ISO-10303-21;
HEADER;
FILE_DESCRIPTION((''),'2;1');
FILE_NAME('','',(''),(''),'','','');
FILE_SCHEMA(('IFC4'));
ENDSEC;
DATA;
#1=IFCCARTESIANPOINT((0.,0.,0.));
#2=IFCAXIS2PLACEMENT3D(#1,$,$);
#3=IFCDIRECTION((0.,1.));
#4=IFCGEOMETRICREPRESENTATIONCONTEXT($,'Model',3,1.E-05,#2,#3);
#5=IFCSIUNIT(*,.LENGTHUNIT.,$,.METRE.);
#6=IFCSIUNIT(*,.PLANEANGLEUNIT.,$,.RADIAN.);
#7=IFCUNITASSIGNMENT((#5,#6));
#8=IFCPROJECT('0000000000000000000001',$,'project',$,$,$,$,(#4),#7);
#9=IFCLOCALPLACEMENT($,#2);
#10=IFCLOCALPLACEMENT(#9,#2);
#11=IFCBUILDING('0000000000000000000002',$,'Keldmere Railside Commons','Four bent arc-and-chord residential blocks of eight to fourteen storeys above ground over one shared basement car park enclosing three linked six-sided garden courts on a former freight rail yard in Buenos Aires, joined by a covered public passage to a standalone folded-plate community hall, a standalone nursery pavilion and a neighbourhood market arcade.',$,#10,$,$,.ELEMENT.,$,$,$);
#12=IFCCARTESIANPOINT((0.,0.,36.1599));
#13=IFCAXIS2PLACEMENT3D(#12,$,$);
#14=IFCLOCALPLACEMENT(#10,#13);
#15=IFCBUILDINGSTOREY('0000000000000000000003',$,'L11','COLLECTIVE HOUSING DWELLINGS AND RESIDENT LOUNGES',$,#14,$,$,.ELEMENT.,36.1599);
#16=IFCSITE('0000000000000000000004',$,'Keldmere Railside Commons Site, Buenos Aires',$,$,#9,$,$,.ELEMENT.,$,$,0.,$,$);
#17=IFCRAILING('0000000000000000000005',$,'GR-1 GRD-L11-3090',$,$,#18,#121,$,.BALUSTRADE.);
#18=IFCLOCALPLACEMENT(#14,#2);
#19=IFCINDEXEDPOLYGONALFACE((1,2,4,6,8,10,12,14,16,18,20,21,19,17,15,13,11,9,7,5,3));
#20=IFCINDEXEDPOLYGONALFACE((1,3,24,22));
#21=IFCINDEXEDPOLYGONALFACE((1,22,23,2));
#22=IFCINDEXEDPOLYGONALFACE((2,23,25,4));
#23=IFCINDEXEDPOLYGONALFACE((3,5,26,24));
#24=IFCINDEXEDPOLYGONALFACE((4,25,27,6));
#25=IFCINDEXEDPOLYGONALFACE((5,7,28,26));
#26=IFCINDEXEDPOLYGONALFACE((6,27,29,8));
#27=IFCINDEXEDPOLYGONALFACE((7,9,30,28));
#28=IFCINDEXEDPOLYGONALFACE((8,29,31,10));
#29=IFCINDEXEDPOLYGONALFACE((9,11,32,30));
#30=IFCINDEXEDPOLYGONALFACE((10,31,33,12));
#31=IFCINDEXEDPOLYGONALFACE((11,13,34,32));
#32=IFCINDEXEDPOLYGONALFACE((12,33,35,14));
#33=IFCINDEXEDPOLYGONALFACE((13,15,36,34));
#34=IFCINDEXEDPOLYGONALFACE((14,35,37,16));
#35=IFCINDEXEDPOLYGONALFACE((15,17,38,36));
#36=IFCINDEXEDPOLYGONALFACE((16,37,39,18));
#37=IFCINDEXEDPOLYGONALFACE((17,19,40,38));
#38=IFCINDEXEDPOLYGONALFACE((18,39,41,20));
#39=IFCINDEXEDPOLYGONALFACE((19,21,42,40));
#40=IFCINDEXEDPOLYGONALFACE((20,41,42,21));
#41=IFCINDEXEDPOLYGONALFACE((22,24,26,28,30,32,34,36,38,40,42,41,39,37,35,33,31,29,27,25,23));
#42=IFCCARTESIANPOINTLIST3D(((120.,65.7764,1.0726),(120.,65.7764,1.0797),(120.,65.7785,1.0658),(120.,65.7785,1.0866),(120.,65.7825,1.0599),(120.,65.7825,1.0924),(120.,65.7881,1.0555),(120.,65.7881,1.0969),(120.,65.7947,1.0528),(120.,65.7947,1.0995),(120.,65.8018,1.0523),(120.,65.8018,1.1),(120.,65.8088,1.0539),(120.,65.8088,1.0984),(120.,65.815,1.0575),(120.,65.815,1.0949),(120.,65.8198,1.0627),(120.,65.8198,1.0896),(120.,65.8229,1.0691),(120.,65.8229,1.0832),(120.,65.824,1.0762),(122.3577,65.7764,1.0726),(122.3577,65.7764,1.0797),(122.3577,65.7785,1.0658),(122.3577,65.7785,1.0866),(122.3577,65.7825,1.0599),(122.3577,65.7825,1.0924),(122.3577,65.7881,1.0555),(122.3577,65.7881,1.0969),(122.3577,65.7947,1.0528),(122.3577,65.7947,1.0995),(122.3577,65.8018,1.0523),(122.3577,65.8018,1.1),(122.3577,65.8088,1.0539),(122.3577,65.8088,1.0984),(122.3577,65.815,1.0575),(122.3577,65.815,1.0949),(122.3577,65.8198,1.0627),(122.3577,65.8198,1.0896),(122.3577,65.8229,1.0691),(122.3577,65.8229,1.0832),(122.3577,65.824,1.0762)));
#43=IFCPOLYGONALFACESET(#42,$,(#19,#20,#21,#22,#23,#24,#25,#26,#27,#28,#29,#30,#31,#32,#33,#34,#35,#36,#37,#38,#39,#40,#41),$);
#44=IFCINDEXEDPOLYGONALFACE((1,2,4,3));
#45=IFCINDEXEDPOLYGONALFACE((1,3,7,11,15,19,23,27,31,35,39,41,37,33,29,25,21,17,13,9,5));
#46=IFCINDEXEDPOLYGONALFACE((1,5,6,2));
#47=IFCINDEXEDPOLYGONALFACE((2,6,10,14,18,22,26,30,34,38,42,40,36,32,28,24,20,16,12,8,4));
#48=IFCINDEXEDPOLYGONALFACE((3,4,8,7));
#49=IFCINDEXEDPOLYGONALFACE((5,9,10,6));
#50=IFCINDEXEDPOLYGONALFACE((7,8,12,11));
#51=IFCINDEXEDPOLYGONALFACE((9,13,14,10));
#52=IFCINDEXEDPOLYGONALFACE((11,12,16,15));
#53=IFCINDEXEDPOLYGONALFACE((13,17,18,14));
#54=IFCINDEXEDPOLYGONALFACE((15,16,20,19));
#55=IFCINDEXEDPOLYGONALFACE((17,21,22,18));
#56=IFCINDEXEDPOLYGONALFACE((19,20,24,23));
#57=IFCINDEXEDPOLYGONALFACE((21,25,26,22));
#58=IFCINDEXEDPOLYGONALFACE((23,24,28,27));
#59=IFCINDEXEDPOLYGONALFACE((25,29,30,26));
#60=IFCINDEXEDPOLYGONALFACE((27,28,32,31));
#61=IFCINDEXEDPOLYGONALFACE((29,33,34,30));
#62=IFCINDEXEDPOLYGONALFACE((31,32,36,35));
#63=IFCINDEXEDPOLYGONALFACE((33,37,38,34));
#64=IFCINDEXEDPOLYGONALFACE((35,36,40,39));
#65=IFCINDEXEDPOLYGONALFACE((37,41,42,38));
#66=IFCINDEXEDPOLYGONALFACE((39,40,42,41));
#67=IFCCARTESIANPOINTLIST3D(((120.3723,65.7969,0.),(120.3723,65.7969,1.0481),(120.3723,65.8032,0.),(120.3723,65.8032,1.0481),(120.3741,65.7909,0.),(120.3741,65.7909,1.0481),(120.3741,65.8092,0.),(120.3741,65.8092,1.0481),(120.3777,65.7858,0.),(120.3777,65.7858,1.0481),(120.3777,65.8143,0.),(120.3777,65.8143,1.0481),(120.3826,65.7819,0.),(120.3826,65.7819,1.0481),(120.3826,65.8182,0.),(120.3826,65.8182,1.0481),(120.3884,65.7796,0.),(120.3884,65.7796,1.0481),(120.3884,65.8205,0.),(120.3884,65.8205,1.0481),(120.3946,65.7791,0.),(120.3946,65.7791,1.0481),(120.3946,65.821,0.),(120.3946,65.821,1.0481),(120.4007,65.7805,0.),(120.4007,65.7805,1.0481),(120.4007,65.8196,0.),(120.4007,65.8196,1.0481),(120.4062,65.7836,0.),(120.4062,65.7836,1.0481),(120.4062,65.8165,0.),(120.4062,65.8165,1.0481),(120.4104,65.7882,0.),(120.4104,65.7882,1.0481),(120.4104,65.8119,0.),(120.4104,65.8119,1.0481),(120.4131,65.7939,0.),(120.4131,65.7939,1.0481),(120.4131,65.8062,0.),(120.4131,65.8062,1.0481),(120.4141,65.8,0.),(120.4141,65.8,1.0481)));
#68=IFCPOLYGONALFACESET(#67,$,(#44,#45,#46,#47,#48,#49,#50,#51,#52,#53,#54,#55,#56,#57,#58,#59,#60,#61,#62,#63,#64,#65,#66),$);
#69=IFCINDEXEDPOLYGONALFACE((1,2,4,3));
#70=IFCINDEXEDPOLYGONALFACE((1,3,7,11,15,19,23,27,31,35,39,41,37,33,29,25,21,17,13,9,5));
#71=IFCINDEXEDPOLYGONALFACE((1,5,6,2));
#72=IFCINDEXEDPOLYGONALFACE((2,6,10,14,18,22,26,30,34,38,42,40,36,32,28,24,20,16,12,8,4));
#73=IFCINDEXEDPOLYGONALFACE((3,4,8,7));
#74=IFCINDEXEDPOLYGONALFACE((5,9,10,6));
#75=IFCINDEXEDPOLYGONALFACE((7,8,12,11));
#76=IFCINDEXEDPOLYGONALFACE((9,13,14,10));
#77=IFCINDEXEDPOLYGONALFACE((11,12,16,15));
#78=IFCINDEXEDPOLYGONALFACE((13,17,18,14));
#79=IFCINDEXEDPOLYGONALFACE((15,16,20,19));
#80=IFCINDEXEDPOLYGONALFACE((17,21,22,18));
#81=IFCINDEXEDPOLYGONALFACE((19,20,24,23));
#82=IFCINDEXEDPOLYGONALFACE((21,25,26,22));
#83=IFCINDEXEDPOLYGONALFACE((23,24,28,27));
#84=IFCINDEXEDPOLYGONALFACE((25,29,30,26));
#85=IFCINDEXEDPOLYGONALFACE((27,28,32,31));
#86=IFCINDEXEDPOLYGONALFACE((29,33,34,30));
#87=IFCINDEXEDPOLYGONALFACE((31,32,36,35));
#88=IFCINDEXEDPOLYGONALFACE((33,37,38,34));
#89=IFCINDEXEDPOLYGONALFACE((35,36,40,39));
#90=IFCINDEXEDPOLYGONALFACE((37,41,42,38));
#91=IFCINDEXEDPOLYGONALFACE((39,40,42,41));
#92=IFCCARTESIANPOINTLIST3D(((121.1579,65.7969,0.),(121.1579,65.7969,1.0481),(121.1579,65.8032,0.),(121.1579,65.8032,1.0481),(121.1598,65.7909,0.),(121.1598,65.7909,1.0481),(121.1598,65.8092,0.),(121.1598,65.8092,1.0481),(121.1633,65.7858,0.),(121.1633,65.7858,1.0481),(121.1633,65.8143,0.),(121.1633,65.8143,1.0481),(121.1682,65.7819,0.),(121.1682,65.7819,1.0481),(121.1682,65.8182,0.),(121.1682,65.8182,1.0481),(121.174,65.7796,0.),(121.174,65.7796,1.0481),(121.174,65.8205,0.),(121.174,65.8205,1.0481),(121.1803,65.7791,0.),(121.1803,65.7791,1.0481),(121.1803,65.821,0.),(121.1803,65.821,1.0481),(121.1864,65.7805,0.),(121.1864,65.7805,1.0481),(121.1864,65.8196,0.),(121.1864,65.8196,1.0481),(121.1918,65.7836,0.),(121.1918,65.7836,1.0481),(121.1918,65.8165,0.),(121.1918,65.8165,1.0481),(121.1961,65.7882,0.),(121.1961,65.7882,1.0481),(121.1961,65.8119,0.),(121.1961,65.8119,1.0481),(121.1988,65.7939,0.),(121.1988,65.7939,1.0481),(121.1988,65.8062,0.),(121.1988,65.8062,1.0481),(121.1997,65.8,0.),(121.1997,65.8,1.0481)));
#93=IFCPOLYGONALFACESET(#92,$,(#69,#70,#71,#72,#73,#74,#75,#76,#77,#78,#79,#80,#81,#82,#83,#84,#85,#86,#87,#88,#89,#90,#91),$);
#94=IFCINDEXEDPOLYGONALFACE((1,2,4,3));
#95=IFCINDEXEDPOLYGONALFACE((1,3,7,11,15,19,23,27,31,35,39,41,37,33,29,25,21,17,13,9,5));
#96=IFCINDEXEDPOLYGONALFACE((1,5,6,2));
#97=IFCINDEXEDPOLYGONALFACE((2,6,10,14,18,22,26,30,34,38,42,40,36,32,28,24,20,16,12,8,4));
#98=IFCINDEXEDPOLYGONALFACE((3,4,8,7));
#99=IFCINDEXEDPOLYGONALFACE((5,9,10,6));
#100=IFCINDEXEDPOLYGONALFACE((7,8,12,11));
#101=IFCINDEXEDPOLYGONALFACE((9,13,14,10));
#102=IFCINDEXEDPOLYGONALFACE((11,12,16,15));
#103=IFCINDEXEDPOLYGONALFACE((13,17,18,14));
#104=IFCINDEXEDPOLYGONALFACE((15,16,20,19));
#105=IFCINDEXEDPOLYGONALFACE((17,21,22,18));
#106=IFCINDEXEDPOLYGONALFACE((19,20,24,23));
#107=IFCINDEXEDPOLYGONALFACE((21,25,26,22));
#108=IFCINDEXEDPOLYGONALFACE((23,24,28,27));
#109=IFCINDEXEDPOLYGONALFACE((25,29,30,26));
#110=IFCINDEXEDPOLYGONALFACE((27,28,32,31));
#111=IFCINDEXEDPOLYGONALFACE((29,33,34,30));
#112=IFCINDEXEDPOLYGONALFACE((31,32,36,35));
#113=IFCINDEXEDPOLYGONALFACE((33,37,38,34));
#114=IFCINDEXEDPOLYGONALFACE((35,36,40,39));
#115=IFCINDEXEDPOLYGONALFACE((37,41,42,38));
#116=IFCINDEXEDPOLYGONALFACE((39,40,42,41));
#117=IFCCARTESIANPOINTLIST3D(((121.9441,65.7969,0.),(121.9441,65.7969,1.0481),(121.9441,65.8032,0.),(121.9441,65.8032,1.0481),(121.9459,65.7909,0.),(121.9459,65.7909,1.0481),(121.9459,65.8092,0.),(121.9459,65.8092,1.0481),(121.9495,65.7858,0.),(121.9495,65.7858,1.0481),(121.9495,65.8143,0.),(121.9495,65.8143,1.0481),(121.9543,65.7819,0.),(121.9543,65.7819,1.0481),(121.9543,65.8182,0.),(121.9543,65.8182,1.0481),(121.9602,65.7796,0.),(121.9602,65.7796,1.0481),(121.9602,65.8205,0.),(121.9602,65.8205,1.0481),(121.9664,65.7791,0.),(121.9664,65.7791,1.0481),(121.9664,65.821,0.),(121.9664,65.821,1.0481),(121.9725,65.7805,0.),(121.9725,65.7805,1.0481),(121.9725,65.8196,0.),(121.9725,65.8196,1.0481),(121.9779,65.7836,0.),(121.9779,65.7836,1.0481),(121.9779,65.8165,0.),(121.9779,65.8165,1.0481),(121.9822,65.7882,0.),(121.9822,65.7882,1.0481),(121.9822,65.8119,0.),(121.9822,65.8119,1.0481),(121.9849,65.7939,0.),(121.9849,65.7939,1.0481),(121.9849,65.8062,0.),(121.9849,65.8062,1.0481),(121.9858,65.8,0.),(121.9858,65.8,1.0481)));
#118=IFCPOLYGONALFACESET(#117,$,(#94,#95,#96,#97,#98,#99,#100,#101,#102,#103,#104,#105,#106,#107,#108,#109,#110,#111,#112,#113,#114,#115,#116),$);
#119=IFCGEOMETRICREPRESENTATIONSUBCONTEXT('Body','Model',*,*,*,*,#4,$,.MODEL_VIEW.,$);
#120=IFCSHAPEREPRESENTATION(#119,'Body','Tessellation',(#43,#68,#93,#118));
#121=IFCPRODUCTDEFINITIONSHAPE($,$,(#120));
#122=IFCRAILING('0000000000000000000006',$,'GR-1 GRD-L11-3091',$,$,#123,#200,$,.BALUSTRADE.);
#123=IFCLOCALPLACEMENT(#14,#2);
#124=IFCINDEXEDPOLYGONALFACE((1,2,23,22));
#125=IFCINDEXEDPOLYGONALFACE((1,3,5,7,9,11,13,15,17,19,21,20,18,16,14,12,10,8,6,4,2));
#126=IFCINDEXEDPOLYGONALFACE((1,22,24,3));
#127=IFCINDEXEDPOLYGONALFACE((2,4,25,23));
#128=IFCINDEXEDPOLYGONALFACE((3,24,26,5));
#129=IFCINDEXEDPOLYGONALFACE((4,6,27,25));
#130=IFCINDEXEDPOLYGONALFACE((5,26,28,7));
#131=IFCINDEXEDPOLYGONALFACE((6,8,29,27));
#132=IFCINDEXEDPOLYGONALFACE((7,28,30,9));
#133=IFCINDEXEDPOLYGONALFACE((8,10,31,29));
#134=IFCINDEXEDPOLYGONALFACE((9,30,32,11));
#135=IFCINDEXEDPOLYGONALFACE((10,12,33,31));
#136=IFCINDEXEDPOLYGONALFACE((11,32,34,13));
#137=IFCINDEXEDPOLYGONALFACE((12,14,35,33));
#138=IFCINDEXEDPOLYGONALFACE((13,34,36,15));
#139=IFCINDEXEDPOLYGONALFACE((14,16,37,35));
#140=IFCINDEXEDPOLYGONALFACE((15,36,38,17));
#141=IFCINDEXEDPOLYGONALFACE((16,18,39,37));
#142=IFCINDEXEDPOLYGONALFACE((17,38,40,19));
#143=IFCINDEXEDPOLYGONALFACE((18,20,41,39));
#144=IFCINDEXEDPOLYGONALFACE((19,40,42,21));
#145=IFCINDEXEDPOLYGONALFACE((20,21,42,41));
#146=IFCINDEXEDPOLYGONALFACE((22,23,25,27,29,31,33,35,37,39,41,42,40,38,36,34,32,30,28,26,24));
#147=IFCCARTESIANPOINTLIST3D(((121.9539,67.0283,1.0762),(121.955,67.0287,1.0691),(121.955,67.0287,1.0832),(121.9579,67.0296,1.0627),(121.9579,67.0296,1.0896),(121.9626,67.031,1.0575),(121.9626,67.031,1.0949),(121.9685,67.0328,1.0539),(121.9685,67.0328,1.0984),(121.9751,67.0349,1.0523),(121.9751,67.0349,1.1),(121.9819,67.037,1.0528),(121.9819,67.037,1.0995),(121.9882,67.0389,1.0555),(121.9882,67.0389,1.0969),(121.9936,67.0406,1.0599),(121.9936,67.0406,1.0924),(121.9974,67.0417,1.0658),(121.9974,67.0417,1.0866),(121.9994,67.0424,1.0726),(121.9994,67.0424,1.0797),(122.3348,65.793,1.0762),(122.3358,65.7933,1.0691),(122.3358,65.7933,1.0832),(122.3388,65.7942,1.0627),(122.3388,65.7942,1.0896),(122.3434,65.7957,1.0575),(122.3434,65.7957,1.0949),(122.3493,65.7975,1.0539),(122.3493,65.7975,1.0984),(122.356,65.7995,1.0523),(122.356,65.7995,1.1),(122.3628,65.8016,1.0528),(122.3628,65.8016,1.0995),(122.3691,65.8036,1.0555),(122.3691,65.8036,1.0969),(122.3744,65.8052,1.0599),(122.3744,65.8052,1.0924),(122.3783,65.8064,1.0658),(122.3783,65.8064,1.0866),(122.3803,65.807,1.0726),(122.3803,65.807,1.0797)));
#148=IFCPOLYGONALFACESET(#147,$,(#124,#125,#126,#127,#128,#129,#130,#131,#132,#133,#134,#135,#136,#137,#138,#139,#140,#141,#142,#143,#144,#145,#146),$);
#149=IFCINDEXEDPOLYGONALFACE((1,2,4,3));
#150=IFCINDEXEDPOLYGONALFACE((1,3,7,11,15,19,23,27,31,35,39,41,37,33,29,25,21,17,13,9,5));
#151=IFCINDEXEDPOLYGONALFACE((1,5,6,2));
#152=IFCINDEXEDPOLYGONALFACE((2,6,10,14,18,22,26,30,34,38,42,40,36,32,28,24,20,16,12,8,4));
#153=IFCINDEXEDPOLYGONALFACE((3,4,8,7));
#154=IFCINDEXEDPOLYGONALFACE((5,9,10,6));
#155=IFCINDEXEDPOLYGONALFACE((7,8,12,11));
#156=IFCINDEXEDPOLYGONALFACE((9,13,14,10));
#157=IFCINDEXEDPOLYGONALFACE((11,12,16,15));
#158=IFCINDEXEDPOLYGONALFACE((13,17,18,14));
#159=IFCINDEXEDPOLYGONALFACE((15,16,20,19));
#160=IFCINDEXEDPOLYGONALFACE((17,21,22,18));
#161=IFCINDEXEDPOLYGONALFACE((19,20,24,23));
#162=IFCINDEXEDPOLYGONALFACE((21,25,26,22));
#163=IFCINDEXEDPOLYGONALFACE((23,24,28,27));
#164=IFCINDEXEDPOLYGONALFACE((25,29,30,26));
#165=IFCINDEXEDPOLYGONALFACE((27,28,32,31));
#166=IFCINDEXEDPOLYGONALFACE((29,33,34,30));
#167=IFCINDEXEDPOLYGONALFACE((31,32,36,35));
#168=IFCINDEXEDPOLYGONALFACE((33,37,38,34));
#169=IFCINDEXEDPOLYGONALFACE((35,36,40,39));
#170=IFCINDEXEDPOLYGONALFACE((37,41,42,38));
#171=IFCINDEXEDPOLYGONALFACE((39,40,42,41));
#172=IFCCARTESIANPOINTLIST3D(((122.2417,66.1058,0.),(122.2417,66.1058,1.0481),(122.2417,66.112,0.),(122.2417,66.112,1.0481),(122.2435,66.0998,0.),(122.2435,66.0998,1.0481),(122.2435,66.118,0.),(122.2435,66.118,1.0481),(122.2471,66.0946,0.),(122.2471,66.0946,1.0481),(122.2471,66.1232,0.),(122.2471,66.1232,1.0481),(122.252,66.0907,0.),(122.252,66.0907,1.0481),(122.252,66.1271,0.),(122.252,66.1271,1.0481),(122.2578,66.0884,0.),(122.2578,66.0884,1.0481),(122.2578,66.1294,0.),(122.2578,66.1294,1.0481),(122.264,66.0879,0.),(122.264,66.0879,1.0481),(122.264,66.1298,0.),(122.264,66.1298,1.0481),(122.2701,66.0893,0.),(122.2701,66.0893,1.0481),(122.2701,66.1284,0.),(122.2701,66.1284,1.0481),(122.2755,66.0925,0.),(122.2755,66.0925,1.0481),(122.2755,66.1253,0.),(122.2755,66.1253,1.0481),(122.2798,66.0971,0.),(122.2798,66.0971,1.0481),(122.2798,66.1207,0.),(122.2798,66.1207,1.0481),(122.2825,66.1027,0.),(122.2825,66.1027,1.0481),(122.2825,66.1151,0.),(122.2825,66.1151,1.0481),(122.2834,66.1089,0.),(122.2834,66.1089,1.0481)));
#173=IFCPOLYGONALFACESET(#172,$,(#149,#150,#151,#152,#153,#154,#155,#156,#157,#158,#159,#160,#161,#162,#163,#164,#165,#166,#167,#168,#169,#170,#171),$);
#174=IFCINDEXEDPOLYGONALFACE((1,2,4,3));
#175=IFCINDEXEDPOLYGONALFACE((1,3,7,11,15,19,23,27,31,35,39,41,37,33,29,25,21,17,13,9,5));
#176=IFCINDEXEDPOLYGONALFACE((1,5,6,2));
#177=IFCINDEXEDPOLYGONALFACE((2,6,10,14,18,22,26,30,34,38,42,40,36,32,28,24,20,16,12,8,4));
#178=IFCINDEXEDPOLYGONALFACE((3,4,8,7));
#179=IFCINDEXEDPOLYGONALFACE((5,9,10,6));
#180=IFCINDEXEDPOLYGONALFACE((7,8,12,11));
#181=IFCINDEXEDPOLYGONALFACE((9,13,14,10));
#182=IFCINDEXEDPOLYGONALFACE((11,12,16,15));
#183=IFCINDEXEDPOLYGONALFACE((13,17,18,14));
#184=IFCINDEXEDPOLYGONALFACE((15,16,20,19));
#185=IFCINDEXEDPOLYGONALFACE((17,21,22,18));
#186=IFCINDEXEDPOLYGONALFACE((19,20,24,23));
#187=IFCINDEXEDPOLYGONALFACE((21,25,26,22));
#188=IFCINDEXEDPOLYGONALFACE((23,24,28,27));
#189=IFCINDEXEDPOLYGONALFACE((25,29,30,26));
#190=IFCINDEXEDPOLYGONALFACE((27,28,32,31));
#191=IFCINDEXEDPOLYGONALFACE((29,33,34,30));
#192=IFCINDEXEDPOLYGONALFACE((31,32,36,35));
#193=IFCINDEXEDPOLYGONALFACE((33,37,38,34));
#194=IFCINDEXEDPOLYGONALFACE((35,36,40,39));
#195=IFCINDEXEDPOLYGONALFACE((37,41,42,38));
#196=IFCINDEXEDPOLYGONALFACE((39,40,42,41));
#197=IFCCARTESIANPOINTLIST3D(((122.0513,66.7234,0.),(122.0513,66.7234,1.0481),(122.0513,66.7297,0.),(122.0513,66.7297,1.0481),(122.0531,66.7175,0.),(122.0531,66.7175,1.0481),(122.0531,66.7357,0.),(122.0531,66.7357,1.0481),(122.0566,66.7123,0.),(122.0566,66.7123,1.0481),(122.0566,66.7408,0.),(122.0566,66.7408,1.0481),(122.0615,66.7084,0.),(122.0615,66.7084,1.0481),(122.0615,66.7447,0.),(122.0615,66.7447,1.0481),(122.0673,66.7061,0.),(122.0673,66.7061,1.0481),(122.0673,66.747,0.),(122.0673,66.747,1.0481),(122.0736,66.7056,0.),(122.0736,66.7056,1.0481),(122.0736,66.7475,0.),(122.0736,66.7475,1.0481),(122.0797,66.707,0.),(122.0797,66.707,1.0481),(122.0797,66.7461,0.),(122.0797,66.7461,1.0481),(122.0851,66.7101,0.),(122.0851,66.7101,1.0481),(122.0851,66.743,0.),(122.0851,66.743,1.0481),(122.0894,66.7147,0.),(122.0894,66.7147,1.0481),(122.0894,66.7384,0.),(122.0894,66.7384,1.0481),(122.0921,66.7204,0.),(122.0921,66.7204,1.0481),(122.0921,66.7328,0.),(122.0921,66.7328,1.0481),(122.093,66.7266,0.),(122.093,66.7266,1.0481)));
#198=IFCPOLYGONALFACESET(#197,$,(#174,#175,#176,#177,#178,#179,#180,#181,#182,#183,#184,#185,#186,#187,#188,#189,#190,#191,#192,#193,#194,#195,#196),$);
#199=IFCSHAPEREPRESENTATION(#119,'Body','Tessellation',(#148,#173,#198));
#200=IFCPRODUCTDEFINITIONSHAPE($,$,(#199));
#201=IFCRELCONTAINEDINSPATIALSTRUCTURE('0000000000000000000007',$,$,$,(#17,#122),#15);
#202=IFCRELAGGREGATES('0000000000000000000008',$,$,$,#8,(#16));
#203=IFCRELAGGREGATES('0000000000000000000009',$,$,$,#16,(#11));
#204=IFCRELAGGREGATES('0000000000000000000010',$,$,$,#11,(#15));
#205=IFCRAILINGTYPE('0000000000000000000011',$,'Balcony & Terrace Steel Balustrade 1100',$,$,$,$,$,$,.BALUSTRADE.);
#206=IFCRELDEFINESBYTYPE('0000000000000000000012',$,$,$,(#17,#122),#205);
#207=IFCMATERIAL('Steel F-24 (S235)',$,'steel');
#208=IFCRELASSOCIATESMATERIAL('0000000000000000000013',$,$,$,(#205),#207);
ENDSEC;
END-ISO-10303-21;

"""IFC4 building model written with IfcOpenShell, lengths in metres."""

from ifc_helpers import new_model, si_unit, direction, frame, origin, origin_2d, place, context, subcontext, project, spatial, circle, extrude, material, type_object, element, save


model = new_model("IFC4")

# Units and contexts
model_context = context("Model", 3, precision=1e-05, world=origin(), true_north=direction((0.0, 1.0)))
body_context = subcontext(model_context, "Body", "Model", "MODEL_VIEW")
ifc_project = project(units=[si_unit("LENGTHUNIT", "METRE"), si_unit("PLANEANGLEUNIT", "RADIAN")], contexts=[model_context])

# Site, building, storey
site_placement = place(None, origin())
site = spatial("IfcSite", under=ifc_project, at=site_placement, Name="Keldmere Railside Commons Site, Buenos Aires", CompositionType="ELEMENT", RefElevation=0.0)
building_placement = place(site_placement, origin())
building = spatial("IfcBuilding", under=site, at=building_placement, Name="Keldmere Railside Commons", Description="Four bent arc-and-chord residential blocks of eight to fourteen storeys above ground over one shared basement car park enclosing three linked six-sided garden courts on a former freight rail yard in Buenos Aires, joined by a covered public passage to a standalone folded-plate community hall, a standalone nursery pavilion and a neighbourhood market arcade.", CompositionType="ELEMENT")
storey_placement = place(building_placement, frame((0.0, 0.0, 36.1599)))
storey = spatial("IfcBuildingStorey", under=building, at=storey_placement, Name="L11", Description="COLLECTIVE HOUSING DWELLINGS AND RESIDENT LOUNGES", CompositionType="ELEMENT", Elevation=36.1599)

# Railings
ifc_material_1 = material(Name="Steel F-24 (S235)", Category="steel")
railing_type = type_object("IfcRailingType", Name="Balcony & Terrace Steel Balustrade 1100", PredefinedType="BALUSTRADE", material=ifc_material_1)
railing_1_placement = place(storey_placement, frame((120.0, 65.8, 0.0)))
element("IfcRailing", 1, at=railing_1_placement, inside=storey, type_object=railing_type, Name="GR-1 GRD-L11-3090", PredefinedType="BALUSTRADE", context=body_context, shape_type="SweptSolid", body=[
    extrude(circle(Radius=0.0239, at=origin_2d()), frame((0.0, 0.0, 1.0762), z_axis=(1.0, 0.0, 0.0), x_axis=(0.0, 1.0, 0.0)), (0.0, 0.0, 1.0), 2.3577),
    extrude(circle(Radius=0.021, at=origin_2d()), frame((0.3931, 0.0, 0.0)), (0.0, 0.0, 1.0), 1.0481),
    extrude(circle(Radius=0.021, at=origin_2d()), frame((1.1787, 0.0, 0.0)), (0.0, 0.0, 1.0), 1.0481),
    extrude(circle(Radius=0.021, at=origin_2d()), frame((1.9648, 0.0, 0.0)), (0.0, 0.0, 1.0), 1.0481),
])
railing_2_placement = place(storey_placement, frame((122.3577, 65.8, 0.0)))
element("IfcRailing", 2, at=railing_2_placement, inside=storey, type_object=railing_type, Name="GR-1 GRD-L11-3091", PredefinedType="BALUSTRADE", context=body_context, shape_type="SweptSolid", body=[
    extrude(circle(Radius=0.0239, at=origin_2d()), frame((0.0, 0.0, 1.0762), z_axis=(-0.294617, 0.955616, 0.0), x_axis=(-0.955616, -0.294617, 0.0)), (0.0, 0.0, 1.0), 1.2927),
    extrude(circle(Radius=0.021, at=origin_2d()), frame((-0.0952, 0.3088, 0.0)), (0.0, 0.0, 1.0), 1.0481),
    extrude(circle(Radius=0.021, at=origin_2d()), frame((-0.2856, 0.9265, 0.0)), (0.0, 0.0, 1.0), 1.0481),
])

save(model, "model.ifc")
